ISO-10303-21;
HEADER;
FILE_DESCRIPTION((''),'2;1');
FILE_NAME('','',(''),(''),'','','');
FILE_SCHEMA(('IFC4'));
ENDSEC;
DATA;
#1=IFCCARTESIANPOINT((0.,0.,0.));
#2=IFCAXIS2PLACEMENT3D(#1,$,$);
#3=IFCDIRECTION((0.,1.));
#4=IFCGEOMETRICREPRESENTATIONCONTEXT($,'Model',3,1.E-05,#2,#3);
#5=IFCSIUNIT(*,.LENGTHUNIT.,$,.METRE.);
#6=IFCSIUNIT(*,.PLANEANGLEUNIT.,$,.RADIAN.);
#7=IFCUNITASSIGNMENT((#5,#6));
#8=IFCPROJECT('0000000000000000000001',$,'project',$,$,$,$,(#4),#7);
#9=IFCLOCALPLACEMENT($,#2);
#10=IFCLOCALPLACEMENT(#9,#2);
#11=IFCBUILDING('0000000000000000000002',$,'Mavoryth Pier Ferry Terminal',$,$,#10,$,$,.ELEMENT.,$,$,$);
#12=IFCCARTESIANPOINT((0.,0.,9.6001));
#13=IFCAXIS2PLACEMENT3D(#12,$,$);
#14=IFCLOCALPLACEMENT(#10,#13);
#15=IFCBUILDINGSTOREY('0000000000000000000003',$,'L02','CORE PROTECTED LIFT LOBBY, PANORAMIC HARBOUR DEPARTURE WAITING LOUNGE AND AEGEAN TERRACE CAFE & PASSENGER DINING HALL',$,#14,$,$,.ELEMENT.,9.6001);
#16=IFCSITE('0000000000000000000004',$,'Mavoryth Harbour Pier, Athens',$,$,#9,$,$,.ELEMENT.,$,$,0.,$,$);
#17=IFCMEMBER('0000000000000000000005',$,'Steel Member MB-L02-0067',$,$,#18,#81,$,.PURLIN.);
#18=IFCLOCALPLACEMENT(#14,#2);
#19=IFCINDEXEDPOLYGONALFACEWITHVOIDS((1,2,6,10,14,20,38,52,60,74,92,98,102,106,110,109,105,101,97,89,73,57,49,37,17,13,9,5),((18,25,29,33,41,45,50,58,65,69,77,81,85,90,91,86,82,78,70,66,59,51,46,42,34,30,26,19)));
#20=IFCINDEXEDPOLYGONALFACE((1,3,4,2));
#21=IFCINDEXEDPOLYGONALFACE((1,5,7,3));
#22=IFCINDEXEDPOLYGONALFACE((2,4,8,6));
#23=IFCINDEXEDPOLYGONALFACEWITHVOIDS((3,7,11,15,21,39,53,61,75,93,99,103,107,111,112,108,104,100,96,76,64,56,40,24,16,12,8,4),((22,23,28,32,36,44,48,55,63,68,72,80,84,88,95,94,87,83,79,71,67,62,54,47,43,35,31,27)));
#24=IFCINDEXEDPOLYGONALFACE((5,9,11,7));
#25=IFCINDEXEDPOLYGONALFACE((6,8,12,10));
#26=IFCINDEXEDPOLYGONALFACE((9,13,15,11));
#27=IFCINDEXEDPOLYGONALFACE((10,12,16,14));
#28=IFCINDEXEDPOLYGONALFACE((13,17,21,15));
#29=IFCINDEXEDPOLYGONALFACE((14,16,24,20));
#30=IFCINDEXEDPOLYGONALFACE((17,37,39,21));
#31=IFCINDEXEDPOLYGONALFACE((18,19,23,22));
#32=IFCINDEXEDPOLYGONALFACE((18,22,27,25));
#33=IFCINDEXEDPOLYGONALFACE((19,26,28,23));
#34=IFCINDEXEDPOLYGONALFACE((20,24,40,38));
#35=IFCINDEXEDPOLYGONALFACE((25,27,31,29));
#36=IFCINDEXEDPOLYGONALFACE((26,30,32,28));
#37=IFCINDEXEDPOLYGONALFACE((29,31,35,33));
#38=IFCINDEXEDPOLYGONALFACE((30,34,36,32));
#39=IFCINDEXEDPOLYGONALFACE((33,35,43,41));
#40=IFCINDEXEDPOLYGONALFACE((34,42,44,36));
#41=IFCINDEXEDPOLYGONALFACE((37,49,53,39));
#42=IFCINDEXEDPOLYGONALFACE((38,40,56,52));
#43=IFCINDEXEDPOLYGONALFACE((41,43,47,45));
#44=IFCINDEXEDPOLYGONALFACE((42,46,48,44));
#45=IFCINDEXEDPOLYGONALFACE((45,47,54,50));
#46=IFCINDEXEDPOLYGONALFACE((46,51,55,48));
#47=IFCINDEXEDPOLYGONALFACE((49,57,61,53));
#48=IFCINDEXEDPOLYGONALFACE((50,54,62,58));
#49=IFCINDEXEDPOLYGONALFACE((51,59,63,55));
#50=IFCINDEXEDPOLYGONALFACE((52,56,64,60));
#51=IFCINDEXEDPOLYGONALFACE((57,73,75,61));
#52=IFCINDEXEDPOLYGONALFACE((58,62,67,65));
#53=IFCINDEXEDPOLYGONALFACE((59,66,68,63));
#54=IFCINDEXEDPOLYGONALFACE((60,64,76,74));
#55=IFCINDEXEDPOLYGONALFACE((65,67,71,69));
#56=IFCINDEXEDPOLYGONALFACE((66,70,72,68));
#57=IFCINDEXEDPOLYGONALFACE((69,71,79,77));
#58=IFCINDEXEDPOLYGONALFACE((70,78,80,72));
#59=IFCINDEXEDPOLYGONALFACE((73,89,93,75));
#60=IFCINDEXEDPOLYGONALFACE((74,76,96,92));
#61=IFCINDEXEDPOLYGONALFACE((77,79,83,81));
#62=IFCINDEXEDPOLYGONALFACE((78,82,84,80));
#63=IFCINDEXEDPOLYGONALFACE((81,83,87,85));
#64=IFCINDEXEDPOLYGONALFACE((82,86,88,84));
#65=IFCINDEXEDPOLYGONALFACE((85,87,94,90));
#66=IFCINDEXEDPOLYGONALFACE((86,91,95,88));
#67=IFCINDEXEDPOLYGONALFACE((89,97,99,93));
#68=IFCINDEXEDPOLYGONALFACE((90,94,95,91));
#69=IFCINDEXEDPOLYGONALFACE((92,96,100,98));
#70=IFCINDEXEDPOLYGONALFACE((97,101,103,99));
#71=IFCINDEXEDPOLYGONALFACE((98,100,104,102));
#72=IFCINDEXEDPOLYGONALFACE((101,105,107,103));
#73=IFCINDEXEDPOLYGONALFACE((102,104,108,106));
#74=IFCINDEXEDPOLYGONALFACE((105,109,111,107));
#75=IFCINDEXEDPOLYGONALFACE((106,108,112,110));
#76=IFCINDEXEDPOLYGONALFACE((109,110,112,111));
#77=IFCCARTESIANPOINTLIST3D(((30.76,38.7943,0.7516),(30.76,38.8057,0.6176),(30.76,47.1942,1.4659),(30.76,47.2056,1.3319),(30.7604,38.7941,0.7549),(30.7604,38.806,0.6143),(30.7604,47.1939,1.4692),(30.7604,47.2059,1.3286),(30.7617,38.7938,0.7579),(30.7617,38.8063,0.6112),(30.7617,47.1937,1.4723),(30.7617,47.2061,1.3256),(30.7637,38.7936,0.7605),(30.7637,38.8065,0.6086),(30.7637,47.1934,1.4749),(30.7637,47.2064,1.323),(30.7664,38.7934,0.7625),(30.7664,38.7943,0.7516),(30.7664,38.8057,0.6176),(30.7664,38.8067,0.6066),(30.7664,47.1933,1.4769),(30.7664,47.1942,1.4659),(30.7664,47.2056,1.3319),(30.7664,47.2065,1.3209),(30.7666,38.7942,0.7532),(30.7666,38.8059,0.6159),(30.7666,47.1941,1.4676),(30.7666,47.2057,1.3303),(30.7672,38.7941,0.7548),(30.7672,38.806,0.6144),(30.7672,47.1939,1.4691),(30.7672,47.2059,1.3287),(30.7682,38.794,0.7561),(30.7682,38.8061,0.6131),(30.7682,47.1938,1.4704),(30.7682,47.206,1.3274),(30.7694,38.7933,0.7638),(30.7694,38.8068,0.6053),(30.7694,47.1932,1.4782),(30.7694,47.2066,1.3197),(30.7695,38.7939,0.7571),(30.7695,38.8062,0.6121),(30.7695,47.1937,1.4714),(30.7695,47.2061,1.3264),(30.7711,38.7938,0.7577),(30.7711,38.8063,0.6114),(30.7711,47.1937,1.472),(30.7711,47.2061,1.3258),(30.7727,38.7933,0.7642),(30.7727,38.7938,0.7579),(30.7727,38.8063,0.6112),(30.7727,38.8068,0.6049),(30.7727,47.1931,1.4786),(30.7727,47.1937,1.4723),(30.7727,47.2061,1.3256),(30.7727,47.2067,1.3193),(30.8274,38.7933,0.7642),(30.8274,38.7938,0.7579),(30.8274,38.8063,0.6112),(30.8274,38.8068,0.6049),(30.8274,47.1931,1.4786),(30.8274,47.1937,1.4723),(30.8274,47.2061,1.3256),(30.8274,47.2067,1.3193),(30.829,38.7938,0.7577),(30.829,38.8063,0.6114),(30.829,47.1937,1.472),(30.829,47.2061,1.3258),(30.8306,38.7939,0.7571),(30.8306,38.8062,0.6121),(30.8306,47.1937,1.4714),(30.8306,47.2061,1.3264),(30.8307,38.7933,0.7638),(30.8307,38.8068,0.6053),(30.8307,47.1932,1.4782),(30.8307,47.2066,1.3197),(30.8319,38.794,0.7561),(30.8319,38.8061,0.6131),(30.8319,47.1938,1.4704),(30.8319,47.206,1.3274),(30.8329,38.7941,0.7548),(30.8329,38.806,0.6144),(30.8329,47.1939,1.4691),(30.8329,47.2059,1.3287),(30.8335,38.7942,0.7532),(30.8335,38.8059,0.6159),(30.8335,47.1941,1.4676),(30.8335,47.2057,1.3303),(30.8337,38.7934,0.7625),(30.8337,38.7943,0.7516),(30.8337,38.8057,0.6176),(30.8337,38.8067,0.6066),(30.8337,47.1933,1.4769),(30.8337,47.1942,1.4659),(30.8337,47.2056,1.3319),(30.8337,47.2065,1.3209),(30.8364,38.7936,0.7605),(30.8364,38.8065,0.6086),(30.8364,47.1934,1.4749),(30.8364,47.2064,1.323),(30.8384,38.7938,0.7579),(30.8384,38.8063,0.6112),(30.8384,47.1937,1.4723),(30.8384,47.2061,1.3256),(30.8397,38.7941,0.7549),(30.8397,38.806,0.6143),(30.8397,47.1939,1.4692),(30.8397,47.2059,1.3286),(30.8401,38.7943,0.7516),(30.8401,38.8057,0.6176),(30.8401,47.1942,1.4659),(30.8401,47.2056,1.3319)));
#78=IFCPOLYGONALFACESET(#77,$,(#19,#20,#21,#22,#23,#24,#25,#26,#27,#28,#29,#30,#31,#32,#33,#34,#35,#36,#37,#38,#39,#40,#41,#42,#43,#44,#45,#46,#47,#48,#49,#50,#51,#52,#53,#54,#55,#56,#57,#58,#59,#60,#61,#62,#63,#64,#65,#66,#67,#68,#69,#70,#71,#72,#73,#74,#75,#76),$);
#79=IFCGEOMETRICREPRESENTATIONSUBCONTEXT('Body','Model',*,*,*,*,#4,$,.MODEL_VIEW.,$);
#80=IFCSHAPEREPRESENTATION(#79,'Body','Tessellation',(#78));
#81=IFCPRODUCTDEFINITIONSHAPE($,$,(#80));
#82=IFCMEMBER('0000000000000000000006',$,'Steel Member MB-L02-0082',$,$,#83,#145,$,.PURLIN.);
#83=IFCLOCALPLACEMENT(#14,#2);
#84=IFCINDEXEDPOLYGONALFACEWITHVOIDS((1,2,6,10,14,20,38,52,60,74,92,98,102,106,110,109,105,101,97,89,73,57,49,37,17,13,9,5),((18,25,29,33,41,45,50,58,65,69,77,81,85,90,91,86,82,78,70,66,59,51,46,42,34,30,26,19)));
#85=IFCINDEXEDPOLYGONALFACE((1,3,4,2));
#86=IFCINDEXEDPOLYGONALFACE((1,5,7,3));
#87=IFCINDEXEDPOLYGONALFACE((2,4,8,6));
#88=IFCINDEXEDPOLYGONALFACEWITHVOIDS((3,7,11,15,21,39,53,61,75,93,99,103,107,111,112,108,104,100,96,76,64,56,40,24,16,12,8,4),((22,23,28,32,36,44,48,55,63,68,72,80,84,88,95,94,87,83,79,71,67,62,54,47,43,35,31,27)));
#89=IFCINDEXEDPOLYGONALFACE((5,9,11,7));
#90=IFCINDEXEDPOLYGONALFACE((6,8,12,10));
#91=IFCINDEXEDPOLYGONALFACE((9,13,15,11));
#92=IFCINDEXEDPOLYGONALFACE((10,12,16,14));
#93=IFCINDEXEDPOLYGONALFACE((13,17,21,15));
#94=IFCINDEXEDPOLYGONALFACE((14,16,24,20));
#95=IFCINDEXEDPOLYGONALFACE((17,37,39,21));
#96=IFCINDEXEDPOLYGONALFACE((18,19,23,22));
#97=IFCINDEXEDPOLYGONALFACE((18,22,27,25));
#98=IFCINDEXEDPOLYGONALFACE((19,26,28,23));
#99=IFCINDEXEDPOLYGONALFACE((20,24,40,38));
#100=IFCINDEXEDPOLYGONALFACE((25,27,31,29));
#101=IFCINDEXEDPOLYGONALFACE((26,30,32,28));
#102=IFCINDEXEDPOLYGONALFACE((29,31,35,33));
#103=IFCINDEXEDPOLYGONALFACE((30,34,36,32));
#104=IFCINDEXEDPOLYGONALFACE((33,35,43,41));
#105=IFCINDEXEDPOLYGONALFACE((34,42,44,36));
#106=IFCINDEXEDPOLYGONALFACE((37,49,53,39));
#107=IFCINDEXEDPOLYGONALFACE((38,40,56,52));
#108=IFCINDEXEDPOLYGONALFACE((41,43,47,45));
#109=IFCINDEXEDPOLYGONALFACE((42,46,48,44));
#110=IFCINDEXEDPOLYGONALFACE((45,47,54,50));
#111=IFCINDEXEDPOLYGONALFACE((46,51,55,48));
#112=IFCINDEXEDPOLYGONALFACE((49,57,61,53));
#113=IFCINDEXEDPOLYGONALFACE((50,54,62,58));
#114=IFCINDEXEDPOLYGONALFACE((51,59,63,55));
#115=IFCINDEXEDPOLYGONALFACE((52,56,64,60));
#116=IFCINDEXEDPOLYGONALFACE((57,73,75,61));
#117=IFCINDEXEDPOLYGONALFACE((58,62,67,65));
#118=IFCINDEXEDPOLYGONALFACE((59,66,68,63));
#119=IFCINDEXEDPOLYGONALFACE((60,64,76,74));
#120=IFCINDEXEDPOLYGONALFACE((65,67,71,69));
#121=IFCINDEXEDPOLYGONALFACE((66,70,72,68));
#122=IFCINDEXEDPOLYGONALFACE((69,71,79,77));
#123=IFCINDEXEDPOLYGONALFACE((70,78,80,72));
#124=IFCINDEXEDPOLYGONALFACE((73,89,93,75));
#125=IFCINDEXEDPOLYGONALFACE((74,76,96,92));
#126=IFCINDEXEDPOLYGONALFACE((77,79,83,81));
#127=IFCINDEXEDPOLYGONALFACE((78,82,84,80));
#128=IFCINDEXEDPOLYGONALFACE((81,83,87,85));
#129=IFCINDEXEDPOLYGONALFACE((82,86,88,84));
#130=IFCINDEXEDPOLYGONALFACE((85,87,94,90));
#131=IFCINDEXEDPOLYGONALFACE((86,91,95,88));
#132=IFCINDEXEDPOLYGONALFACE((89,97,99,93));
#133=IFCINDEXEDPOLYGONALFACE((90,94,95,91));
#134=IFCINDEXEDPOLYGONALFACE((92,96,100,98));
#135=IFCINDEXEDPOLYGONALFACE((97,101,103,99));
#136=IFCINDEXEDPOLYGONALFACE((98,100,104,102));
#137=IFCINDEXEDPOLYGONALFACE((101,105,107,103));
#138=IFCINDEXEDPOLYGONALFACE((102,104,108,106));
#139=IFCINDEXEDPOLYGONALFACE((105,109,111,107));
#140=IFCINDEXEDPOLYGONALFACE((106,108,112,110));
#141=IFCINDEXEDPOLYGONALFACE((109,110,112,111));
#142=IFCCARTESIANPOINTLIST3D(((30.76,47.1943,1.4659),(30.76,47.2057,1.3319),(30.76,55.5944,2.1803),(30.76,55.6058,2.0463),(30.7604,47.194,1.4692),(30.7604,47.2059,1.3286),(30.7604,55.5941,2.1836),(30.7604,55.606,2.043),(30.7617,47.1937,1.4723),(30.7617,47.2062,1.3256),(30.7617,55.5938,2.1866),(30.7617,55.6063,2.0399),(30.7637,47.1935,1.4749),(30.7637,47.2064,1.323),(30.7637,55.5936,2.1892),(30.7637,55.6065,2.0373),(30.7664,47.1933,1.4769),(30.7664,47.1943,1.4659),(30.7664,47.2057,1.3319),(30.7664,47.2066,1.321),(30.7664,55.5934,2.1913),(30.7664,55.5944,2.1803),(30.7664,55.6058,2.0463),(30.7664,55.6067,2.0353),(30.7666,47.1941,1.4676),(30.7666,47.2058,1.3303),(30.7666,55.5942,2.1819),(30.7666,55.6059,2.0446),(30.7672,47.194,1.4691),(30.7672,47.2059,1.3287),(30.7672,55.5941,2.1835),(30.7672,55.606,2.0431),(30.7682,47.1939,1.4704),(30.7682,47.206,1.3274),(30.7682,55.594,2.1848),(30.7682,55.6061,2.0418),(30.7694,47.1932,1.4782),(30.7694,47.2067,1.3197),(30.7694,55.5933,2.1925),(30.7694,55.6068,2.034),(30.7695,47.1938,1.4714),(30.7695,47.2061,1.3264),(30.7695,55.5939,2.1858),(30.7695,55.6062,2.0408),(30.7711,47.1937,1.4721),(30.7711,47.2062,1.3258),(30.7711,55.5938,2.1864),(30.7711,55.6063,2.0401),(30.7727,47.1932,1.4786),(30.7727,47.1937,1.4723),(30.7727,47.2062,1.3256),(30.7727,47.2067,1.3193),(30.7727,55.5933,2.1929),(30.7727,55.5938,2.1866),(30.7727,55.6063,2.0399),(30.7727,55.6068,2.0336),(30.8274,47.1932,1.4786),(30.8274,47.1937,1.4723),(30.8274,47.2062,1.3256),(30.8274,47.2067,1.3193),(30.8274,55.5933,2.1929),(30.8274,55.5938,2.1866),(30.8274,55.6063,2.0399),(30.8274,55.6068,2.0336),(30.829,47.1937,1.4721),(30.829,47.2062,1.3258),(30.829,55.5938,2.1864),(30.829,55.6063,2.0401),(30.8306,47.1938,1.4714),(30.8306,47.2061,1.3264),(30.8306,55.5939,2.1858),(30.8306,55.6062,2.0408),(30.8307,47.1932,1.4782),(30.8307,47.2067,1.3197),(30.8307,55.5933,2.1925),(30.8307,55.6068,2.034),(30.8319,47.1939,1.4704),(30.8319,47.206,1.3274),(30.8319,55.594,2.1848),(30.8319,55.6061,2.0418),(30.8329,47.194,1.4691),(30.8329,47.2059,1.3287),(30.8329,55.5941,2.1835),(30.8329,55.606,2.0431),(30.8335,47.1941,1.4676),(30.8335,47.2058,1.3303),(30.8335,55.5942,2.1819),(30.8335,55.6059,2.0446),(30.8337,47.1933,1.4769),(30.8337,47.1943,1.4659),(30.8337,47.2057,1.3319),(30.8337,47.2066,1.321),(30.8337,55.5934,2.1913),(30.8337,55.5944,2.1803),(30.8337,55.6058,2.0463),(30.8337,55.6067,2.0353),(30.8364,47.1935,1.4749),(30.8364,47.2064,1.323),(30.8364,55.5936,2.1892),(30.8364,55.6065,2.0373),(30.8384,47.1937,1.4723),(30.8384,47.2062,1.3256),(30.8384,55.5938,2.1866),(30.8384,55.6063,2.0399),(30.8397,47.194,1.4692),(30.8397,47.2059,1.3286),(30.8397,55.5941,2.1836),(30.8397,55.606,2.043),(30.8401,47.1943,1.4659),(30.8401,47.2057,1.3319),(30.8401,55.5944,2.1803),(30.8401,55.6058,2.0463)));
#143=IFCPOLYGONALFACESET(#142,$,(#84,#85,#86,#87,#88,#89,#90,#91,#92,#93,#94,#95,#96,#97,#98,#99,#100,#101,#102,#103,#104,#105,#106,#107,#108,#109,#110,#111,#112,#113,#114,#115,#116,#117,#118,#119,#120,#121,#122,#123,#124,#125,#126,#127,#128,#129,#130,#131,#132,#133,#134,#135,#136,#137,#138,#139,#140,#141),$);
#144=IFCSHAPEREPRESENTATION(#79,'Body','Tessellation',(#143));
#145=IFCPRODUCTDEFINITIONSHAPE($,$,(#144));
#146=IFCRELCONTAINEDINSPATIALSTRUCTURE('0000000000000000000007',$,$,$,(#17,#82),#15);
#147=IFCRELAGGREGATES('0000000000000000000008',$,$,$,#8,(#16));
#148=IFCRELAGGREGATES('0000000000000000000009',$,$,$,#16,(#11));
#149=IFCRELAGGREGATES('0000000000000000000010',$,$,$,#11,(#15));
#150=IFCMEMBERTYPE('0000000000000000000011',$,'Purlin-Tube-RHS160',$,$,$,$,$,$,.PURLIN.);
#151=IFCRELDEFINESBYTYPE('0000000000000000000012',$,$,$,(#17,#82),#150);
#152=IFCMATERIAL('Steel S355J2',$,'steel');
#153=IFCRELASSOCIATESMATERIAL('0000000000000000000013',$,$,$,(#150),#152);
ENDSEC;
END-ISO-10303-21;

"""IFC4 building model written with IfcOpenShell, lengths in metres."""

from ifc_helpers import new_model, si_unit, direction, frame, origin, origin_2d, place, context, subcontext, project, spatial, hollow_rectangle, extrude, material, material_profile, profile_set, type_object, element, save


model = new_model("IFC4")

# Units and contexts
model_context = context("Model", 3, precision=1e-05, world=origin(), true_north=direction((0.0, 1.0)))
body_context = subcontext(model_context, "Body", "Model", "MODEL_VIEW")
ifc_project = project(units=[si_unit("LENGTHUNIT", "METRE"), si_unit("PLANEANGLEUNIT", "RADIAN")], contexts=[model_context])

# Site, building, storey
site_placement = place(None, origin())
site = spatial("IfcSite", under=ifc_project, at=site_placement, Name="Mavoryth Harbour Pier, Athens", CompositionType="ELEMENT", RefElevation=0.0)
building_placement = place(site_placement, origin())
building = spatial("IfcBuilding", under=site, at=building_placement, Name="Mavoryth Pier Ferry Terminal", CompositionType="ELEMENT")
storey_placement = place(building_placement, frame((0.0, 0.0, 9.6001)))
storey = spatial("IfcBuildingStorey", under=building, at=storey_placement, Name="L02", Description="CORE PROTECTED LIFT LOBBY, PANORAMIC HARBOUR DEPARTURE WAITING LOUNGE AND AEGEAN TERRACE CAFE & PASSENGER DINING HALL", CompositionType="ELEMENT", Elevation=9.6001)

# Shared definitions
ifc_material_1 = material(Name="Steel S355J2", Category="steel")

# Members
ifc_material_profile_1 = material_profile(ifc_material_1, hollow_rectangle(XDim=0.0801, YDim=0.1599, WallThickness=0.0063, InnerFilletRadius=0.0063, OuterFilletRadius=0.0127, at=origin_2d()), Name="RHS 160x80x6.3", Category="steel")
ifc_profile_set_1 = profile_set([ifc_material_profile_1], Name="Steel S355J2 - RHS 160x80x6.3")
member_type_1 = type_object("IfcMemberType", Name="Purlin-Tube-RHS160", PredefinedType="PURLIN", material=ifc_profile_set_1)
member_1_placement = place(storey_placement, frame((30.8, 38.8, 0.6846), z_axis=(0.0, 0.996403, 0.084737), x_axis=(-1.0, 0.0, 0.0)))
element("IfcMember", 1, at=member_1_placement, inside=storey, type_object=member_type_1, Name="Steel Member MB-L02-0067", PredefinedType="PURLIN", context=body_context, shape_type="SweptSolid", body=[
    extrude(hollow_rectangle(XDim=0.0801, YDim=0.1599, WallThickness=0.0063, InnerFilletRadius=0.0063, OuterFilletRadius=0.0127, at=origin_2d()), origin(), (0.0, 0.0, 1.0), 8.4302),
])
member_2_placement = place(storey_placement, frame((30.8, 47.2, 1.3989), z_axis=(0.0, 0.996404, 0.084735), x_axis=(-1.0, 0.0, 0.0)))
element("IfcMember", 2, at=member_2_placement, inside=storey, type_object=member_type_1, Name="Steel Member MB-L02-0082", PredefinedType="PURLIN", context=body_context, shape_type="SweptSolid", body=[
    extrude(hollow_rectangle(XDim=0.0801, YDim=0.1599, WallThickness=0.0063, InnerFilletRadius=0.0063, OuterFilletRadius=0.0127, at=origin_2d()), origin(), (0.0, 0.0, 1.0), 8.4304),
])

save(model, "model.ifc")
